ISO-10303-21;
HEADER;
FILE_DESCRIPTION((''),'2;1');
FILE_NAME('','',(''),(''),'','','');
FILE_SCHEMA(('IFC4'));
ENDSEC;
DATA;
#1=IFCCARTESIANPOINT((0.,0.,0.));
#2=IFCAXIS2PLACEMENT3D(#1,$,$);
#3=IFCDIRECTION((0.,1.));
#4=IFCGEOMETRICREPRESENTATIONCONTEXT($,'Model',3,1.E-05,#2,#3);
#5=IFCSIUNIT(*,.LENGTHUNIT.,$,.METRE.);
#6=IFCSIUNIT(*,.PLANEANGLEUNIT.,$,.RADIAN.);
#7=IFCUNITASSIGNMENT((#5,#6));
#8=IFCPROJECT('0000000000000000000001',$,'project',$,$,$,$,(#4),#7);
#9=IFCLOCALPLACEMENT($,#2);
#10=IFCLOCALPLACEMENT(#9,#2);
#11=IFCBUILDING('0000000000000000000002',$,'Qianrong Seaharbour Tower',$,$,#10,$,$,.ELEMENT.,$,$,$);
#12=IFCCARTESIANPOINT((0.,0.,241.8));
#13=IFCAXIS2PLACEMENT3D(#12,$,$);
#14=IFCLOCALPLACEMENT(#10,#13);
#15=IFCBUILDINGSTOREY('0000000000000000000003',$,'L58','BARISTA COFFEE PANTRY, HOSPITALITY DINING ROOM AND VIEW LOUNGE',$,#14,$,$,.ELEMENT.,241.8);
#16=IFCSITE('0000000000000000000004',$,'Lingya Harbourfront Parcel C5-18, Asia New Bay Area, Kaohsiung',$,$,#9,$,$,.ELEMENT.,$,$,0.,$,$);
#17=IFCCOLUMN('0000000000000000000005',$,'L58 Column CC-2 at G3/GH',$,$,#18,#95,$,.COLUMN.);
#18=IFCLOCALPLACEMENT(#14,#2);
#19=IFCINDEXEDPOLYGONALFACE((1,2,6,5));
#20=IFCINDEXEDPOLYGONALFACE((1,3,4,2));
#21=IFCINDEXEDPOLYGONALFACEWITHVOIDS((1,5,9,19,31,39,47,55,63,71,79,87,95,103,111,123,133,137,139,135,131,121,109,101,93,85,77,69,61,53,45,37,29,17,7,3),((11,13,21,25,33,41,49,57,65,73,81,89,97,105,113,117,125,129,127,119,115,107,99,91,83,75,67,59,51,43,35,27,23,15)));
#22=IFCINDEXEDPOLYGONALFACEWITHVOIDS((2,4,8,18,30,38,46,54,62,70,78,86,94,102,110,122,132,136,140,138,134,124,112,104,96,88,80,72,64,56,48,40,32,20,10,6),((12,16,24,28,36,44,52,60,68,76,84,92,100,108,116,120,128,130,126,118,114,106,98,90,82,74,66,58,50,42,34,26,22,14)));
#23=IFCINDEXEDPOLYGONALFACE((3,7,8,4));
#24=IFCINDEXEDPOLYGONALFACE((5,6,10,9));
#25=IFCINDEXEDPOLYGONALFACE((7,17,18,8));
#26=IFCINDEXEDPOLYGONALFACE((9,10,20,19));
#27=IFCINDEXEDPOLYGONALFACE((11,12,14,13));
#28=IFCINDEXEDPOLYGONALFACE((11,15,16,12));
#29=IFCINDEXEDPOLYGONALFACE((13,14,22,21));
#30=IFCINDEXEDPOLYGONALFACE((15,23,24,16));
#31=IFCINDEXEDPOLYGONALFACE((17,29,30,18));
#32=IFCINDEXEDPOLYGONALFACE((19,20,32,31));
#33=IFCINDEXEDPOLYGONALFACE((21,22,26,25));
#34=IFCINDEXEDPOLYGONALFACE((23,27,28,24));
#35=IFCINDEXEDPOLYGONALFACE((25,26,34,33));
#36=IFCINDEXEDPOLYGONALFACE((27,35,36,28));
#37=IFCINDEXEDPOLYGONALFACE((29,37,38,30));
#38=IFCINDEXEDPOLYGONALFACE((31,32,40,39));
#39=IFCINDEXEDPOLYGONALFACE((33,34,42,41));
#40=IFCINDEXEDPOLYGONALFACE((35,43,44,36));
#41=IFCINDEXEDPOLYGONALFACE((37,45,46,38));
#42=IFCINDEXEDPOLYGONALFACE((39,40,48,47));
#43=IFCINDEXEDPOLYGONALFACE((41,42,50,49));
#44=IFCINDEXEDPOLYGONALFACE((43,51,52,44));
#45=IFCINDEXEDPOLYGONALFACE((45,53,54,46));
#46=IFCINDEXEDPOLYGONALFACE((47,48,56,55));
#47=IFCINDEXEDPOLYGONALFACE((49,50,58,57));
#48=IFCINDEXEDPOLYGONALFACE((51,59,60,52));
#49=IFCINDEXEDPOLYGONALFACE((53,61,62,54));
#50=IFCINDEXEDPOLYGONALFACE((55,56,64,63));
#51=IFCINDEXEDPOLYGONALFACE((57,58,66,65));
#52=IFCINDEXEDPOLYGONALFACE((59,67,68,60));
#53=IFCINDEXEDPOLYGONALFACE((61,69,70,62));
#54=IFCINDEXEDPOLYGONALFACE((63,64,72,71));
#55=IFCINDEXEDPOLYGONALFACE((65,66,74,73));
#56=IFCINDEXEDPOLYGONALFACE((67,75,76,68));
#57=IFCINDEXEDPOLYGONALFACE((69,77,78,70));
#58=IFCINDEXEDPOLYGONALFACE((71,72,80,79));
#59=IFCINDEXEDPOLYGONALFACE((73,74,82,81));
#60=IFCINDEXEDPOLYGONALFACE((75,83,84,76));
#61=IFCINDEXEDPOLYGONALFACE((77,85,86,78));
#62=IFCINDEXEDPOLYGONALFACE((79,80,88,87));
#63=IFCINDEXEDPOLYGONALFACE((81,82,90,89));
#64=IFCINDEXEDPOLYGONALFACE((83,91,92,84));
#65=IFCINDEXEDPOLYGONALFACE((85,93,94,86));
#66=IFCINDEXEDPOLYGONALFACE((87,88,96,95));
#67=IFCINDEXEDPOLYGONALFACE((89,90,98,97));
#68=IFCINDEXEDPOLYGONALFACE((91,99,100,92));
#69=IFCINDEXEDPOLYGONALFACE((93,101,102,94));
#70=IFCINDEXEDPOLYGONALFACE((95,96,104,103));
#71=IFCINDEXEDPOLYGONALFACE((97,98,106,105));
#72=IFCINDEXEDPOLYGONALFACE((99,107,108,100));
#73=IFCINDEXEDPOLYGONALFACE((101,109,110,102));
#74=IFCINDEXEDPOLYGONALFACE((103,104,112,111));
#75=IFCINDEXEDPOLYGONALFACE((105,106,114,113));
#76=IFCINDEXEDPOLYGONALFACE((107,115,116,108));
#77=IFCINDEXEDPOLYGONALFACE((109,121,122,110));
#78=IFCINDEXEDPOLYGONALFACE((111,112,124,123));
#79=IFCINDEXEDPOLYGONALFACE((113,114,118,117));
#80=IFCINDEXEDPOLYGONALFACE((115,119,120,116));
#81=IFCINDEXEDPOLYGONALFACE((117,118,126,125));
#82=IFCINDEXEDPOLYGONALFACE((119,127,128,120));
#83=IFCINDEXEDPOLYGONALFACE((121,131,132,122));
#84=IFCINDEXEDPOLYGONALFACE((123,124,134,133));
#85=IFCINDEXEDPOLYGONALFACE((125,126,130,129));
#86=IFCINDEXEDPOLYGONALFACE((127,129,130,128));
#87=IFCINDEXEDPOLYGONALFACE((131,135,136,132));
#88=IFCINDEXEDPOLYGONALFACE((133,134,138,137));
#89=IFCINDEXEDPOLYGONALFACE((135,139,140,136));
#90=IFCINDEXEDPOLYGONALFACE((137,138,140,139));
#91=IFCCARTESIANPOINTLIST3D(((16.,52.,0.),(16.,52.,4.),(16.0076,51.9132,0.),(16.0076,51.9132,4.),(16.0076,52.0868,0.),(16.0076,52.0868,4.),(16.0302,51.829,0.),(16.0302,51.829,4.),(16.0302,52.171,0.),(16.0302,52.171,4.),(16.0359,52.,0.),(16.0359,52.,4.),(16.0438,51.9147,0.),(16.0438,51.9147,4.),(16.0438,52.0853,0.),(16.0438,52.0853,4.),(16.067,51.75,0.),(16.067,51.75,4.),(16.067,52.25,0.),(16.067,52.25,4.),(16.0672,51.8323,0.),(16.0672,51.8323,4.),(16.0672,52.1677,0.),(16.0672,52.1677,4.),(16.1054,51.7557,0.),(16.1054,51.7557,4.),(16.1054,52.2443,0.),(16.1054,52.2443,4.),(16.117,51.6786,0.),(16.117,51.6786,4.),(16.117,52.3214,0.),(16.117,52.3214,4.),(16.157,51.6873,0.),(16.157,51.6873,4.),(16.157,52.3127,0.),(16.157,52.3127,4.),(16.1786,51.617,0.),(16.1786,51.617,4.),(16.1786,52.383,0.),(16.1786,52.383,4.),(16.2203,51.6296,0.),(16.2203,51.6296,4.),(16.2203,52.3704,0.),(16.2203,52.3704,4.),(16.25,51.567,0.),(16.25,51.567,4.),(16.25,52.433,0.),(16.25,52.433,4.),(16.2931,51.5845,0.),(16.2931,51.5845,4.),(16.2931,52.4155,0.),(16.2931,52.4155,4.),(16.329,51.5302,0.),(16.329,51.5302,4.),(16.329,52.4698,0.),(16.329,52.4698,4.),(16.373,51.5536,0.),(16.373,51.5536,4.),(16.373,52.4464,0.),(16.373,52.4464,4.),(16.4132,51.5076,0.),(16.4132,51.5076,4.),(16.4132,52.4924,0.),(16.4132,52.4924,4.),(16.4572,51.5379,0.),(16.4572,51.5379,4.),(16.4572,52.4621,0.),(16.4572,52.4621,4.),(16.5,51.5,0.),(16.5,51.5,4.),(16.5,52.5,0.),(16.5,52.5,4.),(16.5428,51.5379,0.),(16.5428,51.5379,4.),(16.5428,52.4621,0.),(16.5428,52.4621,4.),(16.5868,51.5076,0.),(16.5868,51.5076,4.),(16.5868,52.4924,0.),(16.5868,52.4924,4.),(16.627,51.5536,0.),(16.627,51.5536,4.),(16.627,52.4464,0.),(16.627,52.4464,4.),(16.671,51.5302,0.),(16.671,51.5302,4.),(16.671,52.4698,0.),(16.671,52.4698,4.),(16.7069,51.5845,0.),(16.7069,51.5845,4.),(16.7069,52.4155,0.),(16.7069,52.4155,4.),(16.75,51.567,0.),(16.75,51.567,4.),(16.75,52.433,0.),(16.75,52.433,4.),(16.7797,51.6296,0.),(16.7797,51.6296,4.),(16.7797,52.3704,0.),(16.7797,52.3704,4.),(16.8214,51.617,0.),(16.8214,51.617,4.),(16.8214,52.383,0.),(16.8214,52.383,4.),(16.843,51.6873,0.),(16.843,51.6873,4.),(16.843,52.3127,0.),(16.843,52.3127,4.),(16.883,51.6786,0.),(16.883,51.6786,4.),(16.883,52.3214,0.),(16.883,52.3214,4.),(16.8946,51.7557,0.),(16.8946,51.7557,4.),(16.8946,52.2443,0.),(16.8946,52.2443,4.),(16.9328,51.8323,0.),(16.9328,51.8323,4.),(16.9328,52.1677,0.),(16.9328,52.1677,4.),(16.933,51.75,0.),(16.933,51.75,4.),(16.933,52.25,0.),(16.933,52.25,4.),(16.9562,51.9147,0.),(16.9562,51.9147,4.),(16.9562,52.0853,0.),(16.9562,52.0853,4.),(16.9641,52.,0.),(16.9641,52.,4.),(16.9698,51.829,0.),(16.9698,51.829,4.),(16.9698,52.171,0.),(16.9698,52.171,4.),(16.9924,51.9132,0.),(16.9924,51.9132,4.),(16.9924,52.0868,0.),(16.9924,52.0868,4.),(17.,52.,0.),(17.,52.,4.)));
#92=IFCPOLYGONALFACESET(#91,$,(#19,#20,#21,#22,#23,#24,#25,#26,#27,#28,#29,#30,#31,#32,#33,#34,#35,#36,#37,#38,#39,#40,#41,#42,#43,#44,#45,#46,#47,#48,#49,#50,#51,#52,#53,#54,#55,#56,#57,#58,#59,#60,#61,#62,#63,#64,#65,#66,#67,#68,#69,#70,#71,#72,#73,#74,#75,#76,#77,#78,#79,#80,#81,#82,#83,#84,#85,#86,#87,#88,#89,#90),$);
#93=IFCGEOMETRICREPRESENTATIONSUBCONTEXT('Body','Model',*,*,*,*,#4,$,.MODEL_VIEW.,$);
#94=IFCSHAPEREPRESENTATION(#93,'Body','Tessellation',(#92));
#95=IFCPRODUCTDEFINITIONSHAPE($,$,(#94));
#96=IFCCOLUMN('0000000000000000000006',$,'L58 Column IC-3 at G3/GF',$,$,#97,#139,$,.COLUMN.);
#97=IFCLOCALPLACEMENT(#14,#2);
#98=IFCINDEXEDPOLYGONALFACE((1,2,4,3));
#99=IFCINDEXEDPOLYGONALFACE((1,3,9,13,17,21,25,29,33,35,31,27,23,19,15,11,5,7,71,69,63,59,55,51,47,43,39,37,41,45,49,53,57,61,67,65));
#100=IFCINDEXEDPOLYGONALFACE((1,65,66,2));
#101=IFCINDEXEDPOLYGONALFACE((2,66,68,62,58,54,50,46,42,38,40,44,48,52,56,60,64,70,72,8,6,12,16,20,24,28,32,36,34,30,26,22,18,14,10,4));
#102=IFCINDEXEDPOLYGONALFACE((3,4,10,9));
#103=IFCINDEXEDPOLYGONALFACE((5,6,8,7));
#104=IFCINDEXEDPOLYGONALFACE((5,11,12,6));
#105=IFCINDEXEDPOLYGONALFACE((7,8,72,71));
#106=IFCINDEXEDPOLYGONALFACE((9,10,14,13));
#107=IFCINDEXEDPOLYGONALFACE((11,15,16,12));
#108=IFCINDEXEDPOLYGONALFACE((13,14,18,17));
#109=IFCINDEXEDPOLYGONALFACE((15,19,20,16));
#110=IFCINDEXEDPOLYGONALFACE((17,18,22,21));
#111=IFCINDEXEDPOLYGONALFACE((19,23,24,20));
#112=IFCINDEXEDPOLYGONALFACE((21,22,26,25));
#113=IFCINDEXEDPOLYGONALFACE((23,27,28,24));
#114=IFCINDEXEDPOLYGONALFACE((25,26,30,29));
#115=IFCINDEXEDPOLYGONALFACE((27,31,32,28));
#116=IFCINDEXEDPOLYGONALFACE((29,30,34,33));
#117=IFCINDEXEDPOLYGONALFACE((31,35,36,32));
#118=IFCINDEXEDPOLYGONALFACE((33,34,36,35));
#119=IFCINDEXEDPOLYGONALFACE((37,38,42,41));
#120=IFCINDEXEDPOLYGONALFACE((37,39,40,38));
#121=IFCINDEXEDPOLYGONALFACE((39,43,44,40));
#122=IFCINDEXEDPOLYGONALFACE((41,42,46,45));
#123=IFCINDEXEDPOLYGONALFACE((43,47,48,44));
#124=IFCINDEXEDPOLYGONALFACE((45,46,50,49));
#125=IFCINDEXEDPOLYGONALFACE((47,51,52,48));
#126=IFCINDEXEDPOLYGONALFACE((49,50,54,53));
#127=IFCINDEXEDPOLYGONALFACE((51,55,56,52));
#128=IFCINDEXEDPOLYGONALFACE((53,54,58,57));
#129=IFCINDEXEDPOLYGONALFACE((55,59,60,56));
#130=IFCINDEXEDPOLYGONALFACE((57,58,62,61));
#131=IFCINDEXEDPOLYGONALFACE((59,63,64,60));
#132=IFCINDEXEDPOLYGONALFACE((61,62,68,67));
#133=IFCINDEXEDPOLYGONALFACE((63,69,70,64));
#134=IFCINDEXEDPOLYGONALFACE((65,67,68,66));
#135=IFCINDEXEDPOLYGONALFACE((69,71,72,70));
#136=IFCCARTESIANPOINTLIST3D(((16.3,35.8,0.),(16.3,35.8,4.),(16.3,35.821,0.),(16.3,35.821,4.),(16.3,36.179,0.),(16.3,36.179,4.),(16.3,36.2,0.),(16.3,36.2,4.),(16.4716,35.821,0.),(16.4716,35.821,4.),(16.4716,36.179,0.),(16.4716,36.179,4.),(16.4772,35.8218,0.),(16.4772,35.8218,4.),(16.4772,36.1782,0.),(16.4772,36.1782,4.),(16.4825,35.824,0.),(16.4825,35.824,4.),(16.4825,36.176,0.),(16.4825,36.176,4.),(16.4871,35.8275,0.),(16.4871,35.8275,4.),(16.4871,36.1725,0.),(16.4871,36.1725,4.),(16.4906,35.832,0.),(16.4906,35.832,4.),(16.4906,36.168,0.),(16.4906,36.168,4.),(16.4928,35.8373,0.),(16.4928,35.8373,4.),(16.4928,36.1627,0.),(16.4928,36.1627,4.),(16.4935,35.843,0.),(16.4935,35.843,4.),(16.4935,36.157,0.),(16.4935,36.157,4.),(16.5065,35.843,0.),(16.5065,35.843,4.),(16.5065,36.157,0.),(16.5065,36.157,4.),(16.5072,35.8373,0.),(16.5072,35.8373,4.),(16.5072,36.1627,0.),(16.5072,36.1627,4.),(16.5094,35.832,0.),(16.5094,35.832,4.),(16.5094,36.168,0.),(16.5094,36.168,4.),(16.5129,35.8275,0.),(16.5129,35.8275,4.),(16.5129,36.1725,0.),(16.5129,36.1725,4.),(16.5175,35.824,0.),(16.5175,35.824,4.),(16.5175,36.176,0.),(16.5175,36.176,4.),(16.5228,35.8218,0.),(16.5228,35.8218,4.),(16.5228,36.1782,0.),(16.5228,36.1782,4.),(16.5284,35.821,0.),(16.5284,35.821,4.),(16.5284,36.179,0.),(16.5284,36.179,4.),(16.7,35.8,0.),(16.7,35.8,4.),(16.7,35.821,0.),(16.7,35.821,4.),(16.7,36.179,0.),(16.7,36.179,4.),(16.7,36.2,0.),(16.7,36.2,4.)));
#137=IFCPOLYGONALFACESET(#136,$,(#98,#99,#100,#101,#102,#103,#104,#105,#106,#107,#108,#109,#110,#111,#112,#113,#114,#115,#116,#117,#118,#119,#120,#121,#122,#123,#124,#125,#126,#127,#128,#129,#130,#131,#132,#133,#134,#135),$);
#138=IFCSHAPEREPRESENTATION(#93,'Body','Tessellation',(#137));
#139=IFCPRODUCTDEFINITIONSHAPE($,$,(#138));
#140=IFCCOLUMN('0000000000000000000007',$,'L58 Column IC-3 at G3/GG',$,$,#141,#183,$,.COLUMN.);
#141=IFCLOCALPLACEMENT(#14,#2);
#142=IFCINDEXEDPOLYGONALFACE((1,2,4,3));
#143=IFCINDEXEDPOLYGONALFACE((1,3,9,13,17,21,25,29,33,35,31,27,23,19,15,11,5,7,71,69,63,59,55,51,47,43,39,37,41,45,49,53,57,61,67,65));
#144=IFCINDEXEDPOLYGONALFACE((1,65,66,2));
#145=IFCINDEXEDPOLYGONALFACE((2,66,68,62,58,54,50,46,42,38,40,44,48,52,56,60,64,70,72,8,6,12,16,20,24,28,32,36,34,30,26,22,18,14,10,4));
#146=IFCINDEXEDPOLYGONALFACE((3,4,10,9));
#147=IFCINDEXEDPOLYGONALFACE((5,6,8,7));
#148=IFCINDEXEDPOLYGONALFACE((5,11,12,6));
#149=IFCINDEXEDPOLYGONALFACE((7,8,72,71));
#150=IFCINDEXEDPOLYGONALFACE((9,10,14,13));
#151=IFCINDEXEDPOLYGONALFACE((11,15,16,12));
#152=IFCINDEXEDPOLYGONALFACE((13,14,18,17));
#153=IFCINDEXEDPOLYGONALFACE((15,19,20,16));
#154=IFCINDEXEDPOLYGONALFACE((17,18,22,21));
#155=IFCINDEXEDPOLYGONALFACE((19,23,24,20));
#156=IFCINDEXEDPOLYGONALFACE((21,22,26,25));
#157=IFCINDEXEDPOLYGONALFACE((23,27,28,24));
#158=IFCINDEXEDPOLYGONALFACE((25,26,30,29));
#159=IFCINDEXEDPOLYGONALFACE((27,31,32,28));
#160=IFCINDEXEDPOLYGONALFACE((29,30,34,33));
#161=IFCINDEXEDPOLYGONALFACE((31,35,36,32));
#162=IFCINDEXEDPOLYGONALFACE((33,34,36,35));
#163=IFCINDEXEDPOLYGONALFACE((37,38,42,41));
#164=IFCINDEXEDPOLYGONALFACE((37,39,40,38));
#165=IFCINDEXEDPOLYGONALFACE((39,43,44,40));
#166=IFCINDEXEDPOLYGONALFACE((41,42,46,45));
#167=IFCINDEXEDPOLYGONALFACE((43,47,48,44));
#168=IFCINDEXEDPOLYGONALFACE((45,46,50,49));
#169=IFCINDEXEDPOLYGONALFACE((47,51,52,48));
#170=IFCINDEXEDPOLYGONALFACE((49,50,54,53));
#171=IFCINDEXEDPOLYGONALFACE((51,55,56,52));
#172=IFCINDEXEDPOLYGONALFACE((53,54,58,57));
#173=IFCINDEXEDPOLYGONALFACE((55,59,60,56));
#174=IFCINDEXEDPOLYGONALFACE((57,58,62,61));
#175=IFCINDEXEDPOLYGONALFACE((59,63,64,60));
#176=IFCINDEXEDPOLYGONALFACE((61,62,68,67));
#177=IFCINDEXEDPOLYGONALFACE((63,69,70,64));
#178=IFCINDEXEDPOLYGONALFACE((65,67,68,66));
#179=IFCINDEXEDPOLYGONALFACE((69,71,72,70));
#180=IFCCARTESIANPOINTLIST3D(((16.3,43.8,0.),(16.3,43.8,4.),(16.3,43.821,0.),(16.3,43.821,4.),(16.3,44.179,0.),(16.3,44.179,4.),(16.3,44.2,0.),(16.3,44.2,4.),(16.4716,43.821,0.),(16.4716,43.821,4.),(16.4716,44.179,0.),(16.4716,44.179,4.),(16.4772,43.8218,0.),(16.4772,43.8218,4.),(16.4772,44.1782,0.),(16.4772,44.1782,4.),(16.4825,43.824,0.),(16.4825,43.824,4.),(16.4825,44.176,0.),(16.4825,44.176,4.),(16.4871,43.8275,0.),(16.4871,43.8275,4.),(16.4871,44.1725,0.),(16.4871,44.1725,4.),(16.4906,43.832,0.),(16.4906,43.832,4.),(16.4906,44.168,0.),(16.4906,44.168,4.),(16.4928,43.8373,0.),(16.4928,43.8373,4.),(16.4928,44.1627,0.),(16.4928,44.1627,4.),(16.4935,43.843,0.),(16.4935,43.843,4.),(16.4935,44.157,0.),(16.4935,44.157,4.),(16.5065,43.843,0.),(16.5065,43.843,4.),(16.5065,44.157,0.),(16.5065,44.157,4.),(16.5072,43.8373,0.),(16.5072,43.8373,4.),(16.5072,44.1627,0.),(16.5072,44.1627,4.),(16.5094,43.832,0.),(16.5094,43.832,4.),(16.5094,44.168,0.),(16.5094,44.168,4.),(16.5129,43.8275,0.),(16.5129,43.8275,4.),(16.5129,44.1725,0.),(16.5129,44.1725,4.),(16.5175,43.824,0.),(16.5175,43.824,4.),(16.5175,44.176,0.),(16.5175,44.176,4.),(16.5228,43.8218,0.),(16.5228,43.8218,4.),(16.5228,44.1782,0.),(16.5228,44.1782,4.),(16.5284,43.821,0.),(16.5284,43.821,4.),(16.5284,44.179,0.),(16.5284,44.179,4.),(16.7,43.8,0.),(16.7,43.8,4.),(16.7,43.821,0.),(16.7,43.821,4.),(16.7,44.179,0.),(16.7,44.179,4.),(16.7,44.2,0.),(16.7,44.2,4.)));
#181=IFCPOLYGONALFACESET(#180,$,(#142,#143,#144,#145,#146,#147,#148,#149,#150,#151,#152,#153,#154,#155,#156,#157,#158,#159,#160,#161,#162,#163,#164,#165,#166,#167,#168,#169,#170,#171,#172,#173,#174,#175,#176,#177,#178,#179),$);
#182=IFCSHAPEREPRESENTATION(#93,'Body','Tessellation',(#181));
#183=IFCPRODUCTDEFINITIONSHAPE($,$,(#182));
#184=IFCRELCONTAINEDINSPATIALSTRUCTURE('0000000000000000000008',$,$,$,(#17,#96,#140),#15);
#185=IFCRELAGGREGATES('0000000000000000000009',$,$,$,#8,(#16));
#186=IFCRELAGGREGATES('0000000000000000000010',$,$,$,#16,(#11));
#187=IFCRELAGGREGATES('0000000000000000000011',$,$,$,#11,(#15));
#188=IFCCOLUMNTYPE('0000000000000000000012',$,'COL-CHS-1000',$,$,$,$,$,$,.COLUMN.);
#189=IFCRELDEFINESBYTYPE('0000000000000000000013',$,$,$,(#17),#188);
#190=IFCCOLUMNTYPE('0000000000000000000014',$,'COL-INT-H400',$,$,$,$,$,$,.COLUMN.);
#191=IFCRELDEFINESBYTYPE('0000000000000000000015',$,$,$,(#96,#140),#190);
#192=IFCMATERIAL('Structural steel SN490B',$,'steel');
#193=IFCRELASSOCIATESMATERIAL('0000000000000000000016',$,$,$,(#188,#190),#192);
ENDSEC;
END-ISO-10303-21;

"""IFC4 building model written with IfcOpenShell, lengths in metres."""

from ifc_helpers import new_model, si_unit, direction, frame, origin, origin_2d, place, context, subcontext, project, spatial, hollow_circle, i_section, extrude, material, material_profile, profile_set, type_object, element, save


model = new_model("IFC4")

# Units and contexts
model_context = context("Model", 3, precision=1e-05, world=origin(), true_north=direction((0.0, 1.0)))
body_context = subcontext(model_context, "Body", "Model", "MODEL_VIEW")
ifc_project = project(units=[si_unit("LENGTHUNIT", "METRE"), si_unit("PLANEANGLEUNIT", "RADIAN")], contexts=[model_context])

# Site, building, storey
site_placement = place(None, origin())
site = spatial("IfcSite", under=ifc_project, at=site_placement, Name="Lingya Harbourfront Parcel C5-18, Asia New Bay Area, Kaohsiung", CompositionType="ELEMENT", RefElevation=0.0)
building_placement = place(site_placement, origin())
building = spatial("IfcBuilding", under=site, at=building_placement, Name="Qianrong Seaharbour Tower", CompositionType="ELEMENT")
storey_placement = place(building_placement, frame((0.0, 0.0, 241.8)))
storey = spatial("IfcBuildingStorey", under=building, at=storey_placement, Name="L58", Description="BARISTA COFFEE PANTRY, HOSPITALITY DINING ROOM AND VIEW LOUNGE", CompositionType="ELEMENT", Elevation=241.8)

# Columns
ifc_material_1 = material(Name="Structural steel SN490B", Category="steel")
ifc_material_profile_1 = material_profile(ifc_material_1, hollow_circle(Radius=0.5, WallThickness=0.0359, at=origin_2d()), Name="CHS1000x36")
ifc_profile_set_1 = profile_set([ifc_material_profile_1], Name="Structural steel SN490B")
column_type_1 = type_object("IfcColumnType", Name="COL-CHS-1000", PredefinedType="COLUMN", material=ifc_profile_set_1)
column_placement = place(storey_placement, frame((16.5, 52.0, 0.0), z_axis=(0.0, 0.0, 1.0), x_axis=(1.0, 0.0, 0.0)))
element("IfcColumn", 1, at=column_placement, inside=storey, type_object=column_type_1, Name="L58 Column CC-2 at G3/GH", PredefinedType="COLUMN", context=body_context, shape_type="SweptSolid", body=[
    extrude(hollow_circle(Radius=0.5, WallThickness=0.0359, at=origin_2d()), origin(), (0.0, 0.0, 1.0), 4.0),
])
ifc_material_profile_2 = material_profile(ifc_material_1, i_section(OverallWidth=0.3999, OverallDepth=0.3999, WebThickness=0.0129, FlangeThickness=0.021, FilletRadius=0.022, at=origin_2d()), Name="H400x400x13x21")
ifc_profile_set_2 = profile_set([ifc_material_profile_2], Name="Structural steel SN490B")
column_type_2 = type_object("IfcColumnType", Name="COL-INT-H400", PredefinedType="COLUMN", material=ifc_profile_set_2)
for number, where, z_axis, x_axis, name in (
    (2, (16.5, 36.0, 0.0), (0.0, 0.0, 1.0), (1.0, 0.0, 0.0), "L58 Column IC-3 at G3/GF"),
    (3, (16.5, 44.0, 0.0), (0.0, 0.0, 1.0), (1.0, 0.0, 0.0), "L58 Column IC-3 at G3/GG"),
):
    element("IfcColumn", number, at=place(storey_placement, frame(where, z_axis=z_axis, x_axis=x_axis)), inside=storey, type_object=column_type_2, Name=name, PredefinedType="COLUMN", context=body_context, shape_type="SweptSolid", body=[
        extrude(i_section(OverallWidth=0.3999, OverallDepth=0.3999, WebThickness=0.0129, FlangeThickness=0.021, FilletRadius=0.022, at=origin_2d()), origin(), (0.0, 0.0, 1.0), 4.0),
    ])

save(model, "model.ifc")
